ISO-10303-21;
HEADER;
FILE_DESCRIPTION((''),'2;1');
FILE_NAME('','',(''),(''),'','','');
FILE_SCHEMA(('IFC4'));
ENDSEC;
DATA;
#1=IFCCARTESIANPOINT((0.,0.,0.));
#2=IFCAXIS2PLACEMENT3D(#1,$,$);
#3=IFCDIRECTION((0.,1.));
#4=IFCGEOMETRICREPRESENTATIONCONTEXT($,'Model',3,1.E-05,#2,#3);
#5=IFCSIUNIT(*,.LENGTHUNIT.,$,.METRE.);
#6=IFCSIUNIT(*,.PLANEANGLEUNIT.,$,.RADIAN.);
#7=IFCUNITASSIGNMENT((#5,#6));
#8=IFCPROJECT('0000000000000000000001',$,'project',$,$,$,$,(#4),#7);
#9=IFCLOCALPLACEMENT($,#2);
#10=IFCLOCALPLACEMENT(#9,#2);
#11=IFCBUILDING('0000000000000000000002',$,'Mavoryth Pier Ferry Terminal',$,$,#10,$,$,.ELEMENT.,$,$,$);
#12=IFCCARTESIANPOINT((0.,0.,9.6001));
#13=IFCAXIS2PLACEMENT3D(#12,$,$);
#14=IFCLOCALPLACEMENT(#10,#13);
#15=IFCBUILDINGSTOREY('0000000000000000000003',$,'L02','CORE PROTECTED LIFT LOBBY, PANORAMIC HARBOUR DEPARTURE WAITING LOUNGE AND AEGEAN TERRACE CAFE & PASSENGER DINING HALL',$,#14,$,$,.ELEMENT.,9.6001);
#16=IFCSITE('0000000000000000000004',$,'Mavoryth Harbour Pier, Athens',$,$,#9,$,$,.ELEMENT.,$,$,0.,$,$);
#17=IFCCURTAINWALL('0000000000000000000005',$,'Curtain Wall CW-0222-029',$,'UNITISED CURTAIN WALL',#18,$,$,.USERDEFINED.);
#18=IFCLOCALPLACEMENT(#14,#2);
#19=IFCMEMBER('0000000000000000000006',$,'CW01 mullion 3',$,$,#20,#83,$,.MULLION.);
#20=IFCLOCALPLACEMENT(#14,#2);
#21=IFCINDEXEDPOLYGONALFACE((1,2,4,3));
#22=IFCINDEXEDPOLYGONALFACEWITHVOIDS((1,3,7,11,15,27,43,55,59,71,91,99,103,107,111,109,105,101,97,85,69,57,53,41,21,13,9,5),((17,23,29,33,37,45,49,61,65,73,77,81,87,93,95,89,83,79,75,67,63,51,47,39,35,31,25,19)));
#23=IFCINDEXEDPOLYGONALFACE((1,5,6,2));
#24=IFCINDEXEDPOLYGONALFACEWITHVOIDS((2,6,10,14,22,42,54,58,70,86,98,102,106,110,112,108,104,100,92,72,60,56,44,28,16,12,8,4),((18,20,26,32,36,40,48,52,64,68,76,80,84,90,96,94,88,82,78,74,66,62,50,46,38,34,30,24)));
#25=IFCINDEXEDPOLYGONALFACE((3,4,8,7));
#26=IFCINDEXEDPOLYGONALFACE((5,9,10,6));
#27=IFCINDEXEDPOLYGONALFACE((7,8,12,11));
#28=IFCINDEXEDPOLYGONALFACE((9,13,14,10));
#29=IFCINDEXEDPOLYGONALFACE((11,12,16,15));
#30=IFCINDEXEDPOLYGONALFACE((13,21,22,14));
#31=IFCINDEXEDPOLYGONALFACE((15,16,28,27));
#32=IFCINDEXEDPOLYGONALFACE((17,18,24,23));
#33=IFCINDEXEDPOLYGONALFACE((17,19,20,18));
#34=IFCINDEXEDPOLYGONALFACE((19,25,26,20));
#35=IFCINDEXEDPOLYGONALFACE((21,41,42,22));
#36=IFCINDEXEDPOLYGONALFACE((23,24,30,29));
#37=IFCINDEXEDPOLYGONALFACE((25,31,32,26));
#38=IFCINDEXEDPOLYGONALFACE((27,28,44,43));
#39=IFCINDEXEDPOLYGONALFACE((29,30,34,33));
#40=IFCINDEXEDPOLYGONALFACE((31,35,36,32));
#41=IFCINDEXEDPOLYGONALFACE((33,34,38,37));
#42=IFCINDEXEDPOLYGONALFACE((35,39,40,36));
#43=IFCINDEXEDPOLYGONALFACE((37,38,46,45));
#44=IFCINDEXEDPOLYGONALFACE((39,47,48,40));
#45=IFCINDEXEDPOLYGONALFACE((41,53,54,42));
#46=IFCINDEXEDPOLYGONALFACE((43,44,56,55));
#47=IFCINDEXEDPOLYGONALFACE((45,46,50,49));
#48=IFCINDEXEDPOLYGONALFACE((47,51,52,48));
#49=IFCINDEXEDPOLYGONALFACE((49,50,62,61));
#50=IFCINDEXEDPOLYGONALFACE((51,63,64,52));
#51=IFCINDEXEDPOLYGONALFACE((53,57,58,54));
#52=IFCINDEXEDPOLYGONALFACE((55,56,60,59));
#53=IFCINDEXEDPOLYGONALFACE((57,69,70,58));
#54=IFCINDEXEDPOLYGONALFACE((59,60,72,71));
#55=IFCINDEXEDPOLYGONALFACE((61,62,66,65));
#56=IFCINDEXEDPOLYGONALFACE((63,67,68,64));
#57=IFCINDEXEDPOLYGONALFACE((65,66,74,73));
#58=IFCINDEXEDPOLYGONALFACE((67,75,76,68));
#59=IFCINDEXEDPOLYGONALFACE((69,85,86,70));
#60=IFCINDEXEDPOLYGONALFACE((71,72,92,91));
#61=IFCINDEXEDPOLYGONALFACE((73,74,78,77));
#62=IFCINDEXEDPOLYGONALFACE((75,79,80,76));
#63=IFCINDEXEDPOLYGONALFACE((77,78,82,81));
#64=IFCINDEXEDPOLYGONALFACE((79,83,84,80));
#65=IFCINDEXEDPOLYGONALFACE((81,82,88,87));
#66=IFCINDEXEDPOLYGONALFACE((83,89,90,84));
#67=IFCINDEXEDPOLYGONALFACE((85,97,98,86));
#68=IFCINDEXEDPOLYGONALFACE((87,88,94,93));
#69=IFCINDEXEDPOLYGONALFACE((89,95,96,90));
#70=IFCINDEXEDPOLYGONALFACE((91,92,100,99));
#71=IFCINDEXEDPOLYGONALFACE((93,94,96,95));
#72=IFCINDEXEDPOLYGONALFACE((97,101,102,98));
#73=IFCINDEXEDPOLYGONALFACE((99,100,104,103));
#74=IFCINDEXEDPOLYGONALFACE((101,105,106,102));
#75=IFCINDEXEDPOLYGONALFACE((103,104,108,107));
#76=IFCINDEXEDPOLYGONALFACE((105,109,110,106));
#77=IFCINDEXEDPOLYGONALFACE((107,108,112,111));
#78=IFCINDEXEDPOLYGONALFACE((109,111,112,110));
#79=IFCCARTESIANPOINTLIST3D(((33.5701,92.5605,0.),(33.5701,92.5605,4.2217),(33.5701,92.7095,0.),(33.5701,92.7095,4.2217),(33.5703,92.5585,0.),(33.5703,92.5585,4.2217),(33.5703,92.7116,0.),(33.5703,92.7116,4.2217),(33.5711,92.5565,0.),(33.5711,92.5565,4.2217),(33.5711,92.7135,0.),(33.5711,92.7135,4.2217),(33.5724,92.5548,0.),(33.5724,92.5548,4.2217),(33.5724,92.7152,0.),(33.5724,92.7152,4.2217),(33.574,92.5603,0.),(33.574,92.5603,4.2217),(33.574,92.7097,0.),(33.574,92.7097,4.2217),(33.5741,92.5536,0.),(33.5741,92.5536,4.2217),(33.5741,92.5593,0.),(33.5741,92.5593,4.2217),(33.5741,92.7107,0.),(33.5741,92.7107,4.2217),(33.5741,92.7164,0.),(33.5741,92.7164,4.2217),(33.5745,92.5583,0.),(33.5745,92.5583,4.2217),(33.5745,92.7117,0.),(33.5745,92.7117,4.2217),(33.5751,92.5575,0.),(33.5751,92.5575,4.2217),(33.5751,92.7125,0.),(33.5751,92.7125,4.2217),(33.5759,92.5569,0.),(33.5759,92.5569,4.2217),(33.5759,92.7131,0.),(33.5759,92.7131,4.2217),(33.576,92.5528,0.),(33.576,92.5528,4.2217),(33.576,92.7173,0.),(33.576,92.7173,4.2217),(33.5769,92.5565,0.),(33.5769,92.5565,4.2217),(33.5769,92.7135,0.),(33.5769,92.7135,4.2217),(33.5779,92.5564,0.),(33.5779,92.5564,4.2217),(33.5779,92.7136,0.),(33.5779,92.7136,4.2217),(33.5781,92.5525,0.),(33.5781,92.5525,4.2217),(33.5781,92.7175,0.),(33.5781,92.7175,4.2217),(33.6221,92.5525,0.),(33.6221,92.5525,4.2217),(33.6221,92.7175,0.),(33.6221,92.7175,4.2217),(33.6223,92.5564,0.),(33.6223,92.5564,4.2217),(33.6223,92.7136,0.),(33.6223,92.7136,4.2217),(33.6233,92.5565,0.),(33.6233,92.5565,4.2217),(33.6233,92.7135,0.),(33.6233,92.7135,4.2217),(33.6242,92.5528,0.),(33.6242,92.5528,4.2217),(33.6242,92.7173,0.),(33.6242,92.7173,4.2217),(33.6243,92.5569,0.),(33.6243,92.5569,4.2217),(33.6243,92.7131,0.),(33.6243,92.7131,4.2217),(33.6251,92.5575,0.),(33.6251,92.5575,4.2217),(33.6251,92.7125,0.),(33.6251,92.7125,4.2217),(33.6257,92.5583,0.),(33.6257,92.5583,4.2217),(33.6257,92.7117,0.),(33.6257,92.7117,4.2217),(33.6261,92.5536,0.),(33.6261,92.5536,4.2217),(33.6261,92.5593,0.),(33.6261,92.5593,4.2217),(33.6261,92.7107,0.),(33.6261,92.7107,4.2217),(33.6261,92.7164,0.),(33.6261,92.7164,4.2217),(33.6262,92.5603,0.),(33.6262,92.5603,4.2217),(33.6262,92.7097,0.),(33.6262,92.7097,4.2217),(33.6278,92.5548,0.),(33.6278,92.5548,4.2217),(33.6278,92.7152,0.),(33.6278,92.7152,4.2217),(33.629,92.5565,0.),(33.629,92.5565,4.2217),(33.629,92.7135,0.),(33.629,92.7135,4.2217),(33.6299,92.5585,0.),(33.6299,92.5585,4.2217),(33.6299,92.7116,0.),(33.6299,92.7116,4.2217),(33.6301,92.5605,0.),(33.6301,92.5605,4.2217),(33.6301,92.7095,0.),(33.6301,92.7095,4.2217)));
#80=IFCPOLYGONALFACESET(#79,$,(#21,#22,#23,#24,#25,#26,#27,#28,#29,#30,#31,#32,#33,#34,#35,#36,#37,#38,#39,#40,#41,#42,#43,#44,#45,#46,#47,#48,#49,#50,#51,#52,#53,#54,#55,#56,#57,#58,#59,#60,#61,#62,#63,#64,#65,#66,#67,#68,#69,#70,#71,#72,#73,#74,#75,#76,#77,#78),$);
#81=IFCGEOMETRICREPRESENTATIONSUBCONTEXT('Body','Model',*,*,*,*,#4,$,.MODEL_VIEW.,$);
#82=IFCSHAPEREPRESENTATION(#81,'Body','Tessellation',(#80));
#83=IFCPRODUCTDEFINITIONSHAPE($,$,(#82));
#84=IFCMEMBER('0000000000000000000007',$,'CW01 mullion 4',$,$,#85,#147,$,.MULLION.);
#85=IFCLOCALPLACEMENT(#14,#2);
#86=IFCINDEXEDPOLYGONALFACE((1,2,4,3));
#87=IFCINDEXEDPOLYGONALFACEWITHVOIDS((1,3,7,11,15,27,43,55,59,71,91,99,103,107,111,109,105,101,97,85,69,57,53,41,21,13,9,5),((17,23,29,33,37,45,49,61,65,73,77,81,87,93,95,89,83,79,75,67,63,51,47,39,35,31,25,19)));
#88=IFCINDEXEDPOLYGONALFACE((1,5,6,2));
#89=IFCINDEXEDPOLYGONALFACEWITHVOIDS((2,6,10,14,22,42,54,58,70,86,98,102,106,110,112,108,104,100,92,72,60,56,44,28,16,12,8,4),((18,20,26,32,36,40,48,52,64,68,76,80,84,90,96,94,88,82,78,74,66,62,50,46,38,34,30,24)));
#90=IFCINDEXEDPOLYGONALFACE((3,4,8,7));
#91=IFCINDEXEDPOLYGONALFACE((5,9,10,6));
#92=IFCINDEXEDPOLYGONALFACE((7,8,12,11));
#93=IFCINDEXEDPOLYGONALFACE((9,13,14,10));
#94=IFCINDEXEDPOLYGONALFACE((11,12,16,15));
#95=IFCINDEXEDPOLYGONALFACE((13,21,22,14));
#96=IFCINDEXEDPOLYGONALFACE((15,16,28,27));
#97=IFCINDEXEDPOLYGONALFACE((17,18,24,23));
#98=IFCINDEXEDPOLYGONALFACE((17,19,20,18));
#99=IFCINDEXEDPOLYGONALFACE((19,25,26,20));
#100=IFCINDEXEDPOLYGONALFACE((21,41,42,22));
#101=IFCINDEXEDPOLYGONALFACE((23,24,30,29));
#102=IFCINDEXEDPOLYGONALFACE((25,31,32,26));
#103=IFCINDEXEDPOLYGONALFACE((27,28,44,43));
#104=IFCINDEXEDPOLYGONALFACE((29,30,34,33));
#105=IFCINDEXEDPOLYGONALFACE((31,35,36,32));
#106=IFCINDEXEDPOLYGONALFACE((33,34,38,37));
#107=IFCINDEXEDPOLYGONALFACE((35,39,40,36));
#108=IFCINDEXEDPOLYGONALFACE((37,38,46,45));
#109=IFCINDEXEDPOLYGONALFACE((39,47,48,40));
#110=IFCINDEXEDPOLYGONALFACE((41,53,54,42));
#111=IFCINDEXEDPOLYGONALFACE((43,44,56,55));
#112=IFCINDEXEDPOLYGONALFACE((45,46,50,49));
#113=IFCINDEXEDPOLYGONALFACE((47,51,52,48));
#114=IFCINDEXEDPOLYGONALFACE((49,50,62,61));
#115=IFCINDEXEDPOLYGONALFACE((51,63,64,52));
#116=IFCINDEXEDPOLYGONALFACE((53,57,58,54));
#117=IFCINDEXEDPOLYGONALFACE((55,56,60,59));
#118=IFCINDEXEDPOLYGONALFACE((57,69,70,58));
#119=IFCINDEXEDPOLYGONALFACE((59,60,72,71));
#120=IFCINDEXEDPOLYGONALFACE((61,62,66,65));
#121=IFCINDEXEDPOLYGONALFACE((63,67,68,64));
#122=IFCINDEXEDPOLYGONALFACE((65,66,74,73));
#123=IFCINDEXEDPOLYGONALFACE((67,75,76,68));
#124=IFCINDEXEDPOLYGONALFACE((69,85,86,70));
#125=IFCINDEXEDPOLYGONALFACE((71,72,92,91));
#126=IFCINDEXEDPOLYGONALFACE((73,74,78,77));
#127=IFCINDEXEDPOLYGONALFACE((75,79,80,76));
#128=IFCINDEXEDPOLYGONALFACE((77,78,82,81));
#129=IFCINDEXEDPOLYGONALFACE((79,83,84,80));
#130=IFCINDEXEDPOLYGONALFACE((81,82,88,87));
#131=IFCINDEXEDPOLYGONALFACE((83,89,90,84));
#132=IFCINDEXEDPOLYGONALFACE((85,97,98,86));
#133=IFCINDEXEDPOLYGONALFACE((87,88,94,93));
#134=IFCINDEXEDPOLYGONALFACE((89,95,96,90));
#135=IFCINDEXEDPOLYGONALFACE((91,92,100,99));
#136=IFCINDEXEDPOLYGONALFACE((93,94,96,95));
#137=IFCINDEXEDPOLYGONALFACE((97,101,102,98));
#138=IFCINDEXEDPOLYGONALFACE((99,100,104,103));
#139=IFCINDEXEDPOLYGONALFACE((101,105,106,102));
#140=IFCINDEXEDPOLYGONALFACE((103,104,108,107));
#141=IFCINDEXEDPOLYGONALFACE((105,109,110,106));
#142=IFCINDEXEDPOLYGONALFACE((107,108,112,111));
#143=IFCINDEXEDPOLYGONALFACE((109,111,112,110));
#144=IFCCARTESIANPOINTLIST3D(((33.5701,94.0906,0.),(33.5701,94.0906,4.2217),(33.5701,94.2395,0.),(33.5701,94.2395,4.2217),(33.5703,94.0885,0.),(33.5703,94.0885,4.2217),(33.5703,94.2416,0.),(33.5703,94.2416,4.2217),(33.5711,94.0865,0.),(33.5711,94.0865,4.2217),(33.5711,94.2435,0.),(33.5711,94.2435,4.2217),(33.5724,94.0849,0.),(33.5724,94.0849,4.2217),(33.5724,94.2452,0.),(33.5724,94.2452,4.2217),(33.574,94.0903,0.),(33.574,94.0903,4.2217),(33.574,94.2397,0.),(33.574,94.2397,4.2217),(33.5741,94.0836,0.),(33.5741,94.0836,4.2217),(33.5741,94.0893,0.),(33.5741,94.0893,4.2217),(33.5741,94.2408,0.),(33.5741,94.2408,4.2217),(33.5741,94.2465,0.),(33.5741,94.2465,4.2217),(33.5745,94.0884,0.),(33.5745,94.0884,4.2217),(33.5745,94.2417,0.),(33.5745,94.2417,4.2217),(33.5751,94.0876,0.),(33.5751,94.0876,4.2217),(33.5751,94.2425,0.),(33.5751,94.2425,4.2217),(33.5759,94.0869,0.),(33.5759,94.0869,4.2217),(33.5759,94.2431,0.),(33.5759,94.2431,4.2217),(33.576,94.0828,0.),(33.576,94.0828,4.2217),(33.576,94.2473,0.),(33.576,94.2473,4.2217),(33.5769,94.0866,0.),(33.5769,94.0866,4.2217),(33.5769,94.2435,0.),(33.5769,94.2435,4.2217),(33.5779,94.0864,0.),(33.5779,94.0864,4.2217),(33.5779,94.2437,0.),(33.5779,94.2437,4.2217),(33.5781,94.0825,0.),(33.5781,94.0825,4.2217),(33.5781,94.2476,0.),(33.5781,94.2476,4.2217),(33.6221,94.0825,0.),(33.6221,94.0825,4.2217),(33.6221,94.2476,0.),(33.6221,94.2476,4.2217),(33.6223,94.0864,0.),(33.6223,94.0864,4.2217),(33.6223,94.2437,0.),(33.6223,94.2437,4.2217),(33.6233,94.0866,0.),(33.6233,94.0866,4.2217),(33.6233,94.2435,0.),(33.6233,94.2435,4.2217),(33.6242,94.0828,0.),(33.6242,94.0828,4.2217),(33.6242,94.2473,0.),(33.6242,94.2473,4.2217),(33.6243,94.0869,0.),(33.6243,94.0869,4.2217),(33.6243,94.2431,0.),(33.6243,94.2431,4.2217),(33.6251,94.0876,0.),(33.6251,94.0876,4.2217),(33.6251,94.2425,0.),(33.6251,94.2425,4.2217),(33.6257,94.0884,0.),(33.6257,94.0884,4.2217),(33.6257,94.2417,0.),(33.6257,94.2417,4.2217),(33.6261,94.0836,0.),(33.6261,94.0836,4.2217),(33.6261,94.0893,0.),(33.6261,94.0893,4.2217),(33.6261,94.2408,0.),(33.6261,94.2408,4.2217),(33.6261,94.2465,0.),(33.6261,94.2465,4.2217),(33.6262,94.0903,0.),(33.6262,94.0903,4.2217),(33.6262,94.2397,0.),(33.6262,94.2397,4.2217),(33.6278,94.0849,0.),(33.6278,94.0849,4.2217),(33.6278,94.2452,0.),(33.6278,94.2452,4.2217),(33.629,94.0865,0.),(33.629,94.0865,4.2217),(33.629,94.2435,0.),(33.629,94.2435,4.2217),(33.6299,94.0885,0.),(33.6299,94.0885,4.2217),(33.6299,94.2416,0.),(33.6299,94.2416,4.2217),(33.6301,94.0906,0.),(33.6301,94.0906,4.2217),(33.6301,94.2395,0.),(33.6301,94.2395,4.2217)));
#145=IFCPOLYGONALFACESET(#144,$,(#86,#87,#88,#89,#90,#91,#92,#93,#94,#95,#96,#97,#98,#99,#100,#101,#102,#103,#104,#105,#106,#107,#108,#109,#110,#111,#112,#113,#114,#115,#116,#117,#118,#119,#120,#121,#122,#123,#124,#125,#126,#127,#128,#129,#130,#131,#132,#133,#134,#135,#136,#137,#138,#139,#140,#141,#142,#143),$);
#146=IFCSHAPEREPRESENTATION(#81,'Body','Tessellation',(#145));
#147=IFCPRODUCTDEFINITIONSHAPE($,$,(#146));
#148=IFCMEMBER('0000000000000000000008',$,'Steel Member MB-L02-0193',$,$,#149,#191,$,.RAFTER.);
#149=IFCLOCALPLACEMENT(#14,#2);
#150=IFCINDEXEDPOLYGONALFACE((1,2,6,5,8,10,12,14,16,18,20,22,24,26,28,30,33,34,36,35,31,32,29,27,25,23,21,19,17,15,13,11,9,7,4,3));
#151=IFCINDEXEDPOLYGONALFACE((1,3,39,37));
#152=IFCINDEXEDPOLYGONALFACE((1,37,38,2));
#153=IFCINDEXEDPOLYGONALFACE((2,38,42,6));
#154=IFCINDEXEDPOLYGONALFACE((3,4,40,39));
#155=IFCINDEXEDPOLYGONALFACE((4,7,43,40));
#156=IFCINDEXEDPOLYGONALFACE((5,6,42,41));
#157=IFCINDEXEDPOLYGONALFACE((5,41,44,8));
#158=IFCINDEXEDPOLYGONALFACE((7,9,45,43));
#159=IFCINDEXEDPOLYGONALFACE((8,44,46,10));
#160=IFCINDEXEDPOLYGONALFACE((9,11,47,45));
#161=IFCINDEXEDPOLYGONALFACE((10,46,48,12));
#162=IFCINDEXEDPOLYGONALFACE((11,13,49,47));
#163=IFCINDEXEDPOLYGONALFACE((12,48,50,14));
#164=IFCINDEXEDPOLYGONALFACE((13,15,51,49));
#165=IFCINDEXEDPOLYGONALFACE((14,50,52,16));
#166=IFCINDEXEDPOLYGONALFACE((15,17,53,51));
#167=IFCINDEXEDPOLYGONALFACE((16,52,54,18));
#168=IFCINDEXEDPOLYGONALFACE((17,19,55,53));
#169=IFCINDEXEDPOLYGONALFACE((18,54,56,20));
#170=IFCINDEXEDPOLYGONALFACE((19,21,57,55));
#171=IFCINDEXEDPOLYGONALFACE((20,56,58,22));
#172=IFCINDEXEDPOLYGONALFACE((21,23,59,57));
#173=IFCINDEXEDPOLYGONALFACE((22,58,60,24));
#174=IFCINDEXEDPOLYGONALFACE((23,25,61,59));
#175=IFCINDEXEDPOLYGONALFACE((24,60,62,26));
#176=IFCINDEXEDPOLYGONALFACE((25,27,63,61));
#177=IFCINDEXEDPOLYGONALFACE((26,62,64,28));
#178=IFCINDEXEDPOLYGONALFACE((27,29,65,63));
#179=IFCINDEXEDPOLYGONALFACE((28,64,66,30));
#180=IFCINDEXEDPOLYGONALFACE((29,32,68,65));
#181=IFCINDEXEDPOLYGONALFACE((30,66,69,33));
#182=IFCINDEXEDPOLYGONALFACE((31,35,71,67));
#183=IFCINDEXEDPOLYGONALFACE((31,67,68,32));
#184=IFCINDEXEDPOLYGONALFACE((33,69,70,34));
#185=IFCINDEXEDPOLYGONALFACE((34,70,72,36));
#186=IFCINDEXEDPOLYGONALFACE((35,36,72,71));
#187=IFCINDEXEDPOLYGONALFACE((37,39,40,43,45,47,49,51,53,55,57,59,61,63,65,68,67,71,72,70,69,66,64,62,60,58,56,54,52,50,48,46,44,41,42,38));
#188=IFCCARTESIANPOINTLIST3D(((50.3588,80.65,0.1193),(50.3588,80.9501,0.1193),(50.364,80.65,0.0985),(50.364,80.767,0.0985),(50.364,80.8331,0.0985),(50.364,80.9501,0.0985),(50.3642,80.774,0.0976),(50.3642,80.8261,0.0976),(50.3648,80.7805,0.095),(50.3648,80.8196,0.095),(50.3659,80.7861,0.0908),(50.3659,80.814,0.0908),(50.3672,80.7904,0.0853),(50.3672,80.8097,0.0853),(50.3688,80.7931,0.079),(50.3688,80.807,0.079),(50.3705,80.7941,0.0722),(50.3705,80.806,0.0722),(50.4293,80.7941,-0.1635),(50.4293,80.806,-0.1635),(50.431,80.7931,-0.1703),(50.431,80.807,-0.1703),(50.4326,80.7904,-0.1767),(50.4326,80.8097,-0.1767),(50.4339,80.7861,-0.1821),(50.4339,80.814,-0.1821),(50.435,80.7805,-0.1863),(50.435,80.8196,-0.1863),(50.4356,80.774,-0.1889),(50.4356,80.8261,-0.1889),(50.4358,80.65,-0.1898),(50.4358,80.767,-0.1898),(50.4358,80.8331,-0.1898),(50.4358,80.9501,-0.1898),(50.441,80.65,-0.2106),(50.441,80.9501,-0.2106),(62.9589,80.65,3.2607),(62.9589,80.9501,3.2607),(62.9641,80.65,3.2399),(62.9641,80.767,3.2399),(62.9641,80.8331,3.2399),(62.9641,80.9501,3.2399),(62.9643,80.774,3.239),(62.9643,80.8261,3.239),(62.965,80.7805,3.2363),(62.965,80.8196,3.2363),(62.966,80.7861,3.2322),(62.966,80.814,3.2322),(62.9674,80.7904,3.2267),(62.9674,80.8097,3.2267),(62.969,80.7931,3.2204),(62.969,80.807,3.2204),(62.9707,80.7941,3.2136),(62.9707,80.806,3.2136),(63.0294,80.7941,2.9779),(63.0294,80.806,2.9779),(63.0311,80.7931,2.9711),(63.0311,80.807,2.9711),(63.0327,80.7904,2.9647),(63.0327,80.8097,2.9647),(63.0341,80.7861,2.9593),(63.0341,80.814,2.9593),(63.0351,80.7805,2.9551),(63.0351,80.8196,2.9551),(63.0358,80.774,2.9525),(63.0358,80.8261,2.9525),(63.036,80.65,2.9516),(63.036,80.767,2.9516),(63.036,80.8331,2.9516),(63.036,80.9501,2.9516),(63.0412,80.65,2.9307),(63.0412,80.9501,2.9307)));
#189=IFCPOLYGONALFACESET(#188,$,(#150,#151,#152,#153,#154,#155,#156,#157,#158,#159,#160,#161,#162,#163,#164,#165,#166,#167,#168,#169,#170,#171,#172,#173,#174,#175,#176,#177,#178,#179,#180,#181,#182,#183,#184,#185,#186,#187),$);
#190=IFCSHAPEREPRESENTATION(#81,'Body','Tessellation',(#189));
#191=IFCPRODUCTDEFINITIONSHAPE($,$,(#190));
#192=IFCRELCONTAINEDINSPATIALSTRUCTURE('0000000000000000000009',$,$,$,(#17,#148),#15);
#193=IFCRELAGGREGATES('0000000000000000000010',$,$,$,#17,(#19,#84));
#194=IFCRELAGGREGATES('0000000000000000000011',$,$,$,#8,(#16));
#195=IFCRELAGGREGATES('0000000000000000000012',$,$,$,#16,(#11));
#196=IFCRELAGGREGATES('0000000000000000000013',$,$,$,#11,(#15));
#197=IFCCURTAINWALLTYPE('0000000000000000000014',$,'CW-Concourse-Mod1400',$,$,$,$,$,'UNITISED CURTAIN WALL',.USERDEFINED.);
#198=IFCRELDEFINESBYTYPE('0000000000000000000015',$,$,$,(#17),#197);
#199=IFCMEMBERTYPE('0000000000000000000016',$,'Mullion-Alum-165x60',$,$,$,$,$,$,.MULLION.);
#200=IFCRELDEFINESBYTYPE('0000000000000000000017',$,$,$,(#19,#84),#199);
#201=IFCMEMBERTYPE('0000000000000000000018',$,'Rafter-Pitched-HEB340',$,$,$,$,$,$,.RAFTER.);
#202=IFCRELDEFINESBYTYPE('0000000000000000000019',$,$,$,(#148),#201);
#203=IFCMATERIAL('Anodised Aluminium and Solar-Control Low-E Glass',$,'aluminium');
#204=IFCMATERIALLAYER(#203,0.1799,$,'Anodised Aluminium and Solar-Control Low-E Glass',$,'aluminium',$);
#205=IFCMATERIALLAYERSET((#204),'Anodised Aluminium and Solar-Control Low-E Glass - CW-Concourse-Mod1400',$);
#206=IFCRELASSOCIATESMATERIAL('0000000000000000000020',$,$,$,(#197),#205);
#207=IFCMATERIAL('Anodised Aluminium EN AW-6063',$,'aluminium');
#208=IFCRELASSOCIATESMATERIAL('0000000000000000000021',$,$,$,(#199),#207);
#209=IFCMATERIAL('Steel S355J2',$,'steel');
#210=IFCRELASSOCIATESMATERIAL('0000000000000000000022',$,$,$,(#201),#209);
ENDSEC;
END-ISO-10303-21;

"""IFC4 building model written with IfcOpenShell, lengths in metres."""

from ifc_helpers import new_model, si_unit, direction, frame, origin, origin_2d, place, context, subcontext, project, spatial, hollow_rectangle, i_section, extrude, material, layer, layer_set, material_profile, profile_set, type_object, element, aggregate, save


model = new_model("IFC4")

# Units and contexts
model_context = context("Model", 3, precision=1e-05, world=origin(), true_north=direction((0.0, 1.0)))
body_context = subcontext(model_context, "Body", "Model", "MODEL_VIEW")
ifc_project = project(units=[si_unit("LENGTHUNIT", "METRE"), si_unit("PLANEANGLEUNIT", "RADIAN")], contexts=[model_context])

# Site, building, storey
site_placement = place(None, origin())
site = spatial("IfcSite", under=ifc_project, at=site_placement, Name="Mavoryth Harbour Pier, Athens", CompositionType="ELEMENT", RefElevation=0.0)
building_placement = place(site_placement, origin())
building = spatial("IfcBuilding", under=site, at=building_placement, Name="Mavoryth Pier Ferry Terminal", CompositionType="ELEMENT")
storey_placement = place(building_placement, frame((0.0, 0.0, 9.6001)))
storey = spatial("IfcBuildingStorey", under=building, at=storey_placement, Name="L02", Description="CORE PROTECTED LIFT LOBBY, PANORAMIC HARBOUR DEPARTURE WAITING LOUNGE AND AEGEAN TERRACE CAFE & PASSENGER DINING HALL", CompositionType="ELEMENT", Elevation=9.6001)

# Shared definitions
ifc_material_1 = material(Name="Steel S355J2", Category="steel")

# Curtain wall, members
ifc_material_2 = material(Name="Anodised Aluminium and Solar-Control Low-E Glass", Category="aluminium")
ifc_layer_1 = layer(ifc_material_2, 0.1799, Name="Anodised Aluminium and Solar-Control Low-E Glass", Category="aluminium")
ifc_layer_set_1 = layer_set([ifc_layer_1], Name="Anodised Aluminium and Solar-Control Low-E Glass - CW-Concourse-Mod1400")
curtain_wall_type = type_object("IfcCurtainWallType", Name="CW-Concourse-Mod1400", ElementType="UNITISED CURTAIN WALL", PredefinedType="USERDEFINED", material=ifc_layer_set_1)
curtain_wall_placement = place(storey_placement, origin())
curtain_wall = element("IfcCurtainWall", 1, at=curtain_wall_placement, inside=storey, type_object=curtain_wall_type, Name="Curtain Wall CW-0222-029", ObjectType="UNITISED CURTAIN WALL", PredefinedType="USERDEFINED")
ifc_material_3 = material(Name="Anodised Aluminium EN AW-6063", Category="aluminium")
ifc_material_profile_1 = material_profile(ifc_material_3, hollow_rectangle(XDim=0.0601, YDim=0.165, WallThickness=0.0039, InnerFilletRadius=0.0039, OuterFilletRadius=0.0081, at=origin_2d()), Name="AL-MULL 165x60x4", Category="aluminium")
ifc_profile_set_1 = profile_set([ifc_material_profile_1], Name="Anodised Aluminium EN AW-6063 - AL-MULL 165x60x4")
member_type_1 = type_object("IfcMemberType", Name="Mullion-Alum-165x60", PredefinedType="MULLION", material=ifc_profile_set_1)
member_1_placement = place(storey_placement, frame((33.6001, 92.635, 0.0), z_axis=(0.0, 0.0, 1.0), x_axis=(-1.0, 0.0, 0.0)))
member_1 = element("IfcMember", 2, at=member_1_placement, type_object=member_type_1, Name="CW01 mullion 3", PredefinedType="MULLION", context=body_context, shape_type="SweptSolid", body=[
    extrude(hollow_rectangle(XDim=0.0601, YDim=0.165, WallThickness=0.0039, InnerFilletRadius=0.0039, OuterFilletRadius=0.0081, at=origin_2d()), origin(), (0.0, 0.0, 1.0), 4.2217),
])
member_2_placement = place(storey_placement, frame((33.6001, 94.165, 0.0), z_axis=(0.0, 0.0, 1.0), x_axis=(-1.0, 0.0, 0.0)))
member_2 = element("IfcMember", 3, at=member_2_placement, type_object=member_type_1, Name="CW01 mullion 4", PredefinedType="MULLION", context=body_context, shape_type="SweptSolid", body=[
    extrude(hollow_rectangle(XDim=0.0601, YDim=0.165, WallThickness=0.0039, InnerFilletRadius=0.0039, OuterFilletRadius=0.0081, at=origin_2d()), origin(), (0.0, 0.0, 1.0), 4.2217),
])

# Member
ifc_material_profile_2 = material_profile(ifc_material_1, i_section(OverallWidth=0.3, OverallDepth=0.3401, WebThickness=0.012, FlangeThickness=0.0215, FilletRadius=0.0271, at=origin_2d()), Name="HEB 340", Category="steel")
ifc_profile_set_2 = profile_set([ifc_material_profile_2], Name="Steel S355J2 - HEB 340")
member_type_2 = type_object("IfcMemberType", Name="Rafter-Pitched-HEB340", PredefinedType="RAFTER", material=ifc_profile_set_2)
member_3_placement = place(storey_placement, frame((50.3999, 80.8, -0.0457), z_axis=(0.970299, 0.0, 0.241907), x_axis=(0.0, 1.0, 0.0)))
element("IfcMember", 4, at=member_3_placement, inside=storey, type_object=member_type_2, Name="Steel Member MB-L02-0193", PredefinedType="RAFTER", context=body_context, shape_type="SweptSolid", body=[
    extrude(i_section(OverallWidth=0.3, OverallDepth=0.3401, WebThickness=0.012, FlangeThickness=0.0215, FilletRadius=0.0271, at=origin_2d()), origin(), (0.0, 0.0, 1.0), 12.9858),
])

aggregate(curtain_wall, [member_1, member_2])

save(model, "model.ifc")
